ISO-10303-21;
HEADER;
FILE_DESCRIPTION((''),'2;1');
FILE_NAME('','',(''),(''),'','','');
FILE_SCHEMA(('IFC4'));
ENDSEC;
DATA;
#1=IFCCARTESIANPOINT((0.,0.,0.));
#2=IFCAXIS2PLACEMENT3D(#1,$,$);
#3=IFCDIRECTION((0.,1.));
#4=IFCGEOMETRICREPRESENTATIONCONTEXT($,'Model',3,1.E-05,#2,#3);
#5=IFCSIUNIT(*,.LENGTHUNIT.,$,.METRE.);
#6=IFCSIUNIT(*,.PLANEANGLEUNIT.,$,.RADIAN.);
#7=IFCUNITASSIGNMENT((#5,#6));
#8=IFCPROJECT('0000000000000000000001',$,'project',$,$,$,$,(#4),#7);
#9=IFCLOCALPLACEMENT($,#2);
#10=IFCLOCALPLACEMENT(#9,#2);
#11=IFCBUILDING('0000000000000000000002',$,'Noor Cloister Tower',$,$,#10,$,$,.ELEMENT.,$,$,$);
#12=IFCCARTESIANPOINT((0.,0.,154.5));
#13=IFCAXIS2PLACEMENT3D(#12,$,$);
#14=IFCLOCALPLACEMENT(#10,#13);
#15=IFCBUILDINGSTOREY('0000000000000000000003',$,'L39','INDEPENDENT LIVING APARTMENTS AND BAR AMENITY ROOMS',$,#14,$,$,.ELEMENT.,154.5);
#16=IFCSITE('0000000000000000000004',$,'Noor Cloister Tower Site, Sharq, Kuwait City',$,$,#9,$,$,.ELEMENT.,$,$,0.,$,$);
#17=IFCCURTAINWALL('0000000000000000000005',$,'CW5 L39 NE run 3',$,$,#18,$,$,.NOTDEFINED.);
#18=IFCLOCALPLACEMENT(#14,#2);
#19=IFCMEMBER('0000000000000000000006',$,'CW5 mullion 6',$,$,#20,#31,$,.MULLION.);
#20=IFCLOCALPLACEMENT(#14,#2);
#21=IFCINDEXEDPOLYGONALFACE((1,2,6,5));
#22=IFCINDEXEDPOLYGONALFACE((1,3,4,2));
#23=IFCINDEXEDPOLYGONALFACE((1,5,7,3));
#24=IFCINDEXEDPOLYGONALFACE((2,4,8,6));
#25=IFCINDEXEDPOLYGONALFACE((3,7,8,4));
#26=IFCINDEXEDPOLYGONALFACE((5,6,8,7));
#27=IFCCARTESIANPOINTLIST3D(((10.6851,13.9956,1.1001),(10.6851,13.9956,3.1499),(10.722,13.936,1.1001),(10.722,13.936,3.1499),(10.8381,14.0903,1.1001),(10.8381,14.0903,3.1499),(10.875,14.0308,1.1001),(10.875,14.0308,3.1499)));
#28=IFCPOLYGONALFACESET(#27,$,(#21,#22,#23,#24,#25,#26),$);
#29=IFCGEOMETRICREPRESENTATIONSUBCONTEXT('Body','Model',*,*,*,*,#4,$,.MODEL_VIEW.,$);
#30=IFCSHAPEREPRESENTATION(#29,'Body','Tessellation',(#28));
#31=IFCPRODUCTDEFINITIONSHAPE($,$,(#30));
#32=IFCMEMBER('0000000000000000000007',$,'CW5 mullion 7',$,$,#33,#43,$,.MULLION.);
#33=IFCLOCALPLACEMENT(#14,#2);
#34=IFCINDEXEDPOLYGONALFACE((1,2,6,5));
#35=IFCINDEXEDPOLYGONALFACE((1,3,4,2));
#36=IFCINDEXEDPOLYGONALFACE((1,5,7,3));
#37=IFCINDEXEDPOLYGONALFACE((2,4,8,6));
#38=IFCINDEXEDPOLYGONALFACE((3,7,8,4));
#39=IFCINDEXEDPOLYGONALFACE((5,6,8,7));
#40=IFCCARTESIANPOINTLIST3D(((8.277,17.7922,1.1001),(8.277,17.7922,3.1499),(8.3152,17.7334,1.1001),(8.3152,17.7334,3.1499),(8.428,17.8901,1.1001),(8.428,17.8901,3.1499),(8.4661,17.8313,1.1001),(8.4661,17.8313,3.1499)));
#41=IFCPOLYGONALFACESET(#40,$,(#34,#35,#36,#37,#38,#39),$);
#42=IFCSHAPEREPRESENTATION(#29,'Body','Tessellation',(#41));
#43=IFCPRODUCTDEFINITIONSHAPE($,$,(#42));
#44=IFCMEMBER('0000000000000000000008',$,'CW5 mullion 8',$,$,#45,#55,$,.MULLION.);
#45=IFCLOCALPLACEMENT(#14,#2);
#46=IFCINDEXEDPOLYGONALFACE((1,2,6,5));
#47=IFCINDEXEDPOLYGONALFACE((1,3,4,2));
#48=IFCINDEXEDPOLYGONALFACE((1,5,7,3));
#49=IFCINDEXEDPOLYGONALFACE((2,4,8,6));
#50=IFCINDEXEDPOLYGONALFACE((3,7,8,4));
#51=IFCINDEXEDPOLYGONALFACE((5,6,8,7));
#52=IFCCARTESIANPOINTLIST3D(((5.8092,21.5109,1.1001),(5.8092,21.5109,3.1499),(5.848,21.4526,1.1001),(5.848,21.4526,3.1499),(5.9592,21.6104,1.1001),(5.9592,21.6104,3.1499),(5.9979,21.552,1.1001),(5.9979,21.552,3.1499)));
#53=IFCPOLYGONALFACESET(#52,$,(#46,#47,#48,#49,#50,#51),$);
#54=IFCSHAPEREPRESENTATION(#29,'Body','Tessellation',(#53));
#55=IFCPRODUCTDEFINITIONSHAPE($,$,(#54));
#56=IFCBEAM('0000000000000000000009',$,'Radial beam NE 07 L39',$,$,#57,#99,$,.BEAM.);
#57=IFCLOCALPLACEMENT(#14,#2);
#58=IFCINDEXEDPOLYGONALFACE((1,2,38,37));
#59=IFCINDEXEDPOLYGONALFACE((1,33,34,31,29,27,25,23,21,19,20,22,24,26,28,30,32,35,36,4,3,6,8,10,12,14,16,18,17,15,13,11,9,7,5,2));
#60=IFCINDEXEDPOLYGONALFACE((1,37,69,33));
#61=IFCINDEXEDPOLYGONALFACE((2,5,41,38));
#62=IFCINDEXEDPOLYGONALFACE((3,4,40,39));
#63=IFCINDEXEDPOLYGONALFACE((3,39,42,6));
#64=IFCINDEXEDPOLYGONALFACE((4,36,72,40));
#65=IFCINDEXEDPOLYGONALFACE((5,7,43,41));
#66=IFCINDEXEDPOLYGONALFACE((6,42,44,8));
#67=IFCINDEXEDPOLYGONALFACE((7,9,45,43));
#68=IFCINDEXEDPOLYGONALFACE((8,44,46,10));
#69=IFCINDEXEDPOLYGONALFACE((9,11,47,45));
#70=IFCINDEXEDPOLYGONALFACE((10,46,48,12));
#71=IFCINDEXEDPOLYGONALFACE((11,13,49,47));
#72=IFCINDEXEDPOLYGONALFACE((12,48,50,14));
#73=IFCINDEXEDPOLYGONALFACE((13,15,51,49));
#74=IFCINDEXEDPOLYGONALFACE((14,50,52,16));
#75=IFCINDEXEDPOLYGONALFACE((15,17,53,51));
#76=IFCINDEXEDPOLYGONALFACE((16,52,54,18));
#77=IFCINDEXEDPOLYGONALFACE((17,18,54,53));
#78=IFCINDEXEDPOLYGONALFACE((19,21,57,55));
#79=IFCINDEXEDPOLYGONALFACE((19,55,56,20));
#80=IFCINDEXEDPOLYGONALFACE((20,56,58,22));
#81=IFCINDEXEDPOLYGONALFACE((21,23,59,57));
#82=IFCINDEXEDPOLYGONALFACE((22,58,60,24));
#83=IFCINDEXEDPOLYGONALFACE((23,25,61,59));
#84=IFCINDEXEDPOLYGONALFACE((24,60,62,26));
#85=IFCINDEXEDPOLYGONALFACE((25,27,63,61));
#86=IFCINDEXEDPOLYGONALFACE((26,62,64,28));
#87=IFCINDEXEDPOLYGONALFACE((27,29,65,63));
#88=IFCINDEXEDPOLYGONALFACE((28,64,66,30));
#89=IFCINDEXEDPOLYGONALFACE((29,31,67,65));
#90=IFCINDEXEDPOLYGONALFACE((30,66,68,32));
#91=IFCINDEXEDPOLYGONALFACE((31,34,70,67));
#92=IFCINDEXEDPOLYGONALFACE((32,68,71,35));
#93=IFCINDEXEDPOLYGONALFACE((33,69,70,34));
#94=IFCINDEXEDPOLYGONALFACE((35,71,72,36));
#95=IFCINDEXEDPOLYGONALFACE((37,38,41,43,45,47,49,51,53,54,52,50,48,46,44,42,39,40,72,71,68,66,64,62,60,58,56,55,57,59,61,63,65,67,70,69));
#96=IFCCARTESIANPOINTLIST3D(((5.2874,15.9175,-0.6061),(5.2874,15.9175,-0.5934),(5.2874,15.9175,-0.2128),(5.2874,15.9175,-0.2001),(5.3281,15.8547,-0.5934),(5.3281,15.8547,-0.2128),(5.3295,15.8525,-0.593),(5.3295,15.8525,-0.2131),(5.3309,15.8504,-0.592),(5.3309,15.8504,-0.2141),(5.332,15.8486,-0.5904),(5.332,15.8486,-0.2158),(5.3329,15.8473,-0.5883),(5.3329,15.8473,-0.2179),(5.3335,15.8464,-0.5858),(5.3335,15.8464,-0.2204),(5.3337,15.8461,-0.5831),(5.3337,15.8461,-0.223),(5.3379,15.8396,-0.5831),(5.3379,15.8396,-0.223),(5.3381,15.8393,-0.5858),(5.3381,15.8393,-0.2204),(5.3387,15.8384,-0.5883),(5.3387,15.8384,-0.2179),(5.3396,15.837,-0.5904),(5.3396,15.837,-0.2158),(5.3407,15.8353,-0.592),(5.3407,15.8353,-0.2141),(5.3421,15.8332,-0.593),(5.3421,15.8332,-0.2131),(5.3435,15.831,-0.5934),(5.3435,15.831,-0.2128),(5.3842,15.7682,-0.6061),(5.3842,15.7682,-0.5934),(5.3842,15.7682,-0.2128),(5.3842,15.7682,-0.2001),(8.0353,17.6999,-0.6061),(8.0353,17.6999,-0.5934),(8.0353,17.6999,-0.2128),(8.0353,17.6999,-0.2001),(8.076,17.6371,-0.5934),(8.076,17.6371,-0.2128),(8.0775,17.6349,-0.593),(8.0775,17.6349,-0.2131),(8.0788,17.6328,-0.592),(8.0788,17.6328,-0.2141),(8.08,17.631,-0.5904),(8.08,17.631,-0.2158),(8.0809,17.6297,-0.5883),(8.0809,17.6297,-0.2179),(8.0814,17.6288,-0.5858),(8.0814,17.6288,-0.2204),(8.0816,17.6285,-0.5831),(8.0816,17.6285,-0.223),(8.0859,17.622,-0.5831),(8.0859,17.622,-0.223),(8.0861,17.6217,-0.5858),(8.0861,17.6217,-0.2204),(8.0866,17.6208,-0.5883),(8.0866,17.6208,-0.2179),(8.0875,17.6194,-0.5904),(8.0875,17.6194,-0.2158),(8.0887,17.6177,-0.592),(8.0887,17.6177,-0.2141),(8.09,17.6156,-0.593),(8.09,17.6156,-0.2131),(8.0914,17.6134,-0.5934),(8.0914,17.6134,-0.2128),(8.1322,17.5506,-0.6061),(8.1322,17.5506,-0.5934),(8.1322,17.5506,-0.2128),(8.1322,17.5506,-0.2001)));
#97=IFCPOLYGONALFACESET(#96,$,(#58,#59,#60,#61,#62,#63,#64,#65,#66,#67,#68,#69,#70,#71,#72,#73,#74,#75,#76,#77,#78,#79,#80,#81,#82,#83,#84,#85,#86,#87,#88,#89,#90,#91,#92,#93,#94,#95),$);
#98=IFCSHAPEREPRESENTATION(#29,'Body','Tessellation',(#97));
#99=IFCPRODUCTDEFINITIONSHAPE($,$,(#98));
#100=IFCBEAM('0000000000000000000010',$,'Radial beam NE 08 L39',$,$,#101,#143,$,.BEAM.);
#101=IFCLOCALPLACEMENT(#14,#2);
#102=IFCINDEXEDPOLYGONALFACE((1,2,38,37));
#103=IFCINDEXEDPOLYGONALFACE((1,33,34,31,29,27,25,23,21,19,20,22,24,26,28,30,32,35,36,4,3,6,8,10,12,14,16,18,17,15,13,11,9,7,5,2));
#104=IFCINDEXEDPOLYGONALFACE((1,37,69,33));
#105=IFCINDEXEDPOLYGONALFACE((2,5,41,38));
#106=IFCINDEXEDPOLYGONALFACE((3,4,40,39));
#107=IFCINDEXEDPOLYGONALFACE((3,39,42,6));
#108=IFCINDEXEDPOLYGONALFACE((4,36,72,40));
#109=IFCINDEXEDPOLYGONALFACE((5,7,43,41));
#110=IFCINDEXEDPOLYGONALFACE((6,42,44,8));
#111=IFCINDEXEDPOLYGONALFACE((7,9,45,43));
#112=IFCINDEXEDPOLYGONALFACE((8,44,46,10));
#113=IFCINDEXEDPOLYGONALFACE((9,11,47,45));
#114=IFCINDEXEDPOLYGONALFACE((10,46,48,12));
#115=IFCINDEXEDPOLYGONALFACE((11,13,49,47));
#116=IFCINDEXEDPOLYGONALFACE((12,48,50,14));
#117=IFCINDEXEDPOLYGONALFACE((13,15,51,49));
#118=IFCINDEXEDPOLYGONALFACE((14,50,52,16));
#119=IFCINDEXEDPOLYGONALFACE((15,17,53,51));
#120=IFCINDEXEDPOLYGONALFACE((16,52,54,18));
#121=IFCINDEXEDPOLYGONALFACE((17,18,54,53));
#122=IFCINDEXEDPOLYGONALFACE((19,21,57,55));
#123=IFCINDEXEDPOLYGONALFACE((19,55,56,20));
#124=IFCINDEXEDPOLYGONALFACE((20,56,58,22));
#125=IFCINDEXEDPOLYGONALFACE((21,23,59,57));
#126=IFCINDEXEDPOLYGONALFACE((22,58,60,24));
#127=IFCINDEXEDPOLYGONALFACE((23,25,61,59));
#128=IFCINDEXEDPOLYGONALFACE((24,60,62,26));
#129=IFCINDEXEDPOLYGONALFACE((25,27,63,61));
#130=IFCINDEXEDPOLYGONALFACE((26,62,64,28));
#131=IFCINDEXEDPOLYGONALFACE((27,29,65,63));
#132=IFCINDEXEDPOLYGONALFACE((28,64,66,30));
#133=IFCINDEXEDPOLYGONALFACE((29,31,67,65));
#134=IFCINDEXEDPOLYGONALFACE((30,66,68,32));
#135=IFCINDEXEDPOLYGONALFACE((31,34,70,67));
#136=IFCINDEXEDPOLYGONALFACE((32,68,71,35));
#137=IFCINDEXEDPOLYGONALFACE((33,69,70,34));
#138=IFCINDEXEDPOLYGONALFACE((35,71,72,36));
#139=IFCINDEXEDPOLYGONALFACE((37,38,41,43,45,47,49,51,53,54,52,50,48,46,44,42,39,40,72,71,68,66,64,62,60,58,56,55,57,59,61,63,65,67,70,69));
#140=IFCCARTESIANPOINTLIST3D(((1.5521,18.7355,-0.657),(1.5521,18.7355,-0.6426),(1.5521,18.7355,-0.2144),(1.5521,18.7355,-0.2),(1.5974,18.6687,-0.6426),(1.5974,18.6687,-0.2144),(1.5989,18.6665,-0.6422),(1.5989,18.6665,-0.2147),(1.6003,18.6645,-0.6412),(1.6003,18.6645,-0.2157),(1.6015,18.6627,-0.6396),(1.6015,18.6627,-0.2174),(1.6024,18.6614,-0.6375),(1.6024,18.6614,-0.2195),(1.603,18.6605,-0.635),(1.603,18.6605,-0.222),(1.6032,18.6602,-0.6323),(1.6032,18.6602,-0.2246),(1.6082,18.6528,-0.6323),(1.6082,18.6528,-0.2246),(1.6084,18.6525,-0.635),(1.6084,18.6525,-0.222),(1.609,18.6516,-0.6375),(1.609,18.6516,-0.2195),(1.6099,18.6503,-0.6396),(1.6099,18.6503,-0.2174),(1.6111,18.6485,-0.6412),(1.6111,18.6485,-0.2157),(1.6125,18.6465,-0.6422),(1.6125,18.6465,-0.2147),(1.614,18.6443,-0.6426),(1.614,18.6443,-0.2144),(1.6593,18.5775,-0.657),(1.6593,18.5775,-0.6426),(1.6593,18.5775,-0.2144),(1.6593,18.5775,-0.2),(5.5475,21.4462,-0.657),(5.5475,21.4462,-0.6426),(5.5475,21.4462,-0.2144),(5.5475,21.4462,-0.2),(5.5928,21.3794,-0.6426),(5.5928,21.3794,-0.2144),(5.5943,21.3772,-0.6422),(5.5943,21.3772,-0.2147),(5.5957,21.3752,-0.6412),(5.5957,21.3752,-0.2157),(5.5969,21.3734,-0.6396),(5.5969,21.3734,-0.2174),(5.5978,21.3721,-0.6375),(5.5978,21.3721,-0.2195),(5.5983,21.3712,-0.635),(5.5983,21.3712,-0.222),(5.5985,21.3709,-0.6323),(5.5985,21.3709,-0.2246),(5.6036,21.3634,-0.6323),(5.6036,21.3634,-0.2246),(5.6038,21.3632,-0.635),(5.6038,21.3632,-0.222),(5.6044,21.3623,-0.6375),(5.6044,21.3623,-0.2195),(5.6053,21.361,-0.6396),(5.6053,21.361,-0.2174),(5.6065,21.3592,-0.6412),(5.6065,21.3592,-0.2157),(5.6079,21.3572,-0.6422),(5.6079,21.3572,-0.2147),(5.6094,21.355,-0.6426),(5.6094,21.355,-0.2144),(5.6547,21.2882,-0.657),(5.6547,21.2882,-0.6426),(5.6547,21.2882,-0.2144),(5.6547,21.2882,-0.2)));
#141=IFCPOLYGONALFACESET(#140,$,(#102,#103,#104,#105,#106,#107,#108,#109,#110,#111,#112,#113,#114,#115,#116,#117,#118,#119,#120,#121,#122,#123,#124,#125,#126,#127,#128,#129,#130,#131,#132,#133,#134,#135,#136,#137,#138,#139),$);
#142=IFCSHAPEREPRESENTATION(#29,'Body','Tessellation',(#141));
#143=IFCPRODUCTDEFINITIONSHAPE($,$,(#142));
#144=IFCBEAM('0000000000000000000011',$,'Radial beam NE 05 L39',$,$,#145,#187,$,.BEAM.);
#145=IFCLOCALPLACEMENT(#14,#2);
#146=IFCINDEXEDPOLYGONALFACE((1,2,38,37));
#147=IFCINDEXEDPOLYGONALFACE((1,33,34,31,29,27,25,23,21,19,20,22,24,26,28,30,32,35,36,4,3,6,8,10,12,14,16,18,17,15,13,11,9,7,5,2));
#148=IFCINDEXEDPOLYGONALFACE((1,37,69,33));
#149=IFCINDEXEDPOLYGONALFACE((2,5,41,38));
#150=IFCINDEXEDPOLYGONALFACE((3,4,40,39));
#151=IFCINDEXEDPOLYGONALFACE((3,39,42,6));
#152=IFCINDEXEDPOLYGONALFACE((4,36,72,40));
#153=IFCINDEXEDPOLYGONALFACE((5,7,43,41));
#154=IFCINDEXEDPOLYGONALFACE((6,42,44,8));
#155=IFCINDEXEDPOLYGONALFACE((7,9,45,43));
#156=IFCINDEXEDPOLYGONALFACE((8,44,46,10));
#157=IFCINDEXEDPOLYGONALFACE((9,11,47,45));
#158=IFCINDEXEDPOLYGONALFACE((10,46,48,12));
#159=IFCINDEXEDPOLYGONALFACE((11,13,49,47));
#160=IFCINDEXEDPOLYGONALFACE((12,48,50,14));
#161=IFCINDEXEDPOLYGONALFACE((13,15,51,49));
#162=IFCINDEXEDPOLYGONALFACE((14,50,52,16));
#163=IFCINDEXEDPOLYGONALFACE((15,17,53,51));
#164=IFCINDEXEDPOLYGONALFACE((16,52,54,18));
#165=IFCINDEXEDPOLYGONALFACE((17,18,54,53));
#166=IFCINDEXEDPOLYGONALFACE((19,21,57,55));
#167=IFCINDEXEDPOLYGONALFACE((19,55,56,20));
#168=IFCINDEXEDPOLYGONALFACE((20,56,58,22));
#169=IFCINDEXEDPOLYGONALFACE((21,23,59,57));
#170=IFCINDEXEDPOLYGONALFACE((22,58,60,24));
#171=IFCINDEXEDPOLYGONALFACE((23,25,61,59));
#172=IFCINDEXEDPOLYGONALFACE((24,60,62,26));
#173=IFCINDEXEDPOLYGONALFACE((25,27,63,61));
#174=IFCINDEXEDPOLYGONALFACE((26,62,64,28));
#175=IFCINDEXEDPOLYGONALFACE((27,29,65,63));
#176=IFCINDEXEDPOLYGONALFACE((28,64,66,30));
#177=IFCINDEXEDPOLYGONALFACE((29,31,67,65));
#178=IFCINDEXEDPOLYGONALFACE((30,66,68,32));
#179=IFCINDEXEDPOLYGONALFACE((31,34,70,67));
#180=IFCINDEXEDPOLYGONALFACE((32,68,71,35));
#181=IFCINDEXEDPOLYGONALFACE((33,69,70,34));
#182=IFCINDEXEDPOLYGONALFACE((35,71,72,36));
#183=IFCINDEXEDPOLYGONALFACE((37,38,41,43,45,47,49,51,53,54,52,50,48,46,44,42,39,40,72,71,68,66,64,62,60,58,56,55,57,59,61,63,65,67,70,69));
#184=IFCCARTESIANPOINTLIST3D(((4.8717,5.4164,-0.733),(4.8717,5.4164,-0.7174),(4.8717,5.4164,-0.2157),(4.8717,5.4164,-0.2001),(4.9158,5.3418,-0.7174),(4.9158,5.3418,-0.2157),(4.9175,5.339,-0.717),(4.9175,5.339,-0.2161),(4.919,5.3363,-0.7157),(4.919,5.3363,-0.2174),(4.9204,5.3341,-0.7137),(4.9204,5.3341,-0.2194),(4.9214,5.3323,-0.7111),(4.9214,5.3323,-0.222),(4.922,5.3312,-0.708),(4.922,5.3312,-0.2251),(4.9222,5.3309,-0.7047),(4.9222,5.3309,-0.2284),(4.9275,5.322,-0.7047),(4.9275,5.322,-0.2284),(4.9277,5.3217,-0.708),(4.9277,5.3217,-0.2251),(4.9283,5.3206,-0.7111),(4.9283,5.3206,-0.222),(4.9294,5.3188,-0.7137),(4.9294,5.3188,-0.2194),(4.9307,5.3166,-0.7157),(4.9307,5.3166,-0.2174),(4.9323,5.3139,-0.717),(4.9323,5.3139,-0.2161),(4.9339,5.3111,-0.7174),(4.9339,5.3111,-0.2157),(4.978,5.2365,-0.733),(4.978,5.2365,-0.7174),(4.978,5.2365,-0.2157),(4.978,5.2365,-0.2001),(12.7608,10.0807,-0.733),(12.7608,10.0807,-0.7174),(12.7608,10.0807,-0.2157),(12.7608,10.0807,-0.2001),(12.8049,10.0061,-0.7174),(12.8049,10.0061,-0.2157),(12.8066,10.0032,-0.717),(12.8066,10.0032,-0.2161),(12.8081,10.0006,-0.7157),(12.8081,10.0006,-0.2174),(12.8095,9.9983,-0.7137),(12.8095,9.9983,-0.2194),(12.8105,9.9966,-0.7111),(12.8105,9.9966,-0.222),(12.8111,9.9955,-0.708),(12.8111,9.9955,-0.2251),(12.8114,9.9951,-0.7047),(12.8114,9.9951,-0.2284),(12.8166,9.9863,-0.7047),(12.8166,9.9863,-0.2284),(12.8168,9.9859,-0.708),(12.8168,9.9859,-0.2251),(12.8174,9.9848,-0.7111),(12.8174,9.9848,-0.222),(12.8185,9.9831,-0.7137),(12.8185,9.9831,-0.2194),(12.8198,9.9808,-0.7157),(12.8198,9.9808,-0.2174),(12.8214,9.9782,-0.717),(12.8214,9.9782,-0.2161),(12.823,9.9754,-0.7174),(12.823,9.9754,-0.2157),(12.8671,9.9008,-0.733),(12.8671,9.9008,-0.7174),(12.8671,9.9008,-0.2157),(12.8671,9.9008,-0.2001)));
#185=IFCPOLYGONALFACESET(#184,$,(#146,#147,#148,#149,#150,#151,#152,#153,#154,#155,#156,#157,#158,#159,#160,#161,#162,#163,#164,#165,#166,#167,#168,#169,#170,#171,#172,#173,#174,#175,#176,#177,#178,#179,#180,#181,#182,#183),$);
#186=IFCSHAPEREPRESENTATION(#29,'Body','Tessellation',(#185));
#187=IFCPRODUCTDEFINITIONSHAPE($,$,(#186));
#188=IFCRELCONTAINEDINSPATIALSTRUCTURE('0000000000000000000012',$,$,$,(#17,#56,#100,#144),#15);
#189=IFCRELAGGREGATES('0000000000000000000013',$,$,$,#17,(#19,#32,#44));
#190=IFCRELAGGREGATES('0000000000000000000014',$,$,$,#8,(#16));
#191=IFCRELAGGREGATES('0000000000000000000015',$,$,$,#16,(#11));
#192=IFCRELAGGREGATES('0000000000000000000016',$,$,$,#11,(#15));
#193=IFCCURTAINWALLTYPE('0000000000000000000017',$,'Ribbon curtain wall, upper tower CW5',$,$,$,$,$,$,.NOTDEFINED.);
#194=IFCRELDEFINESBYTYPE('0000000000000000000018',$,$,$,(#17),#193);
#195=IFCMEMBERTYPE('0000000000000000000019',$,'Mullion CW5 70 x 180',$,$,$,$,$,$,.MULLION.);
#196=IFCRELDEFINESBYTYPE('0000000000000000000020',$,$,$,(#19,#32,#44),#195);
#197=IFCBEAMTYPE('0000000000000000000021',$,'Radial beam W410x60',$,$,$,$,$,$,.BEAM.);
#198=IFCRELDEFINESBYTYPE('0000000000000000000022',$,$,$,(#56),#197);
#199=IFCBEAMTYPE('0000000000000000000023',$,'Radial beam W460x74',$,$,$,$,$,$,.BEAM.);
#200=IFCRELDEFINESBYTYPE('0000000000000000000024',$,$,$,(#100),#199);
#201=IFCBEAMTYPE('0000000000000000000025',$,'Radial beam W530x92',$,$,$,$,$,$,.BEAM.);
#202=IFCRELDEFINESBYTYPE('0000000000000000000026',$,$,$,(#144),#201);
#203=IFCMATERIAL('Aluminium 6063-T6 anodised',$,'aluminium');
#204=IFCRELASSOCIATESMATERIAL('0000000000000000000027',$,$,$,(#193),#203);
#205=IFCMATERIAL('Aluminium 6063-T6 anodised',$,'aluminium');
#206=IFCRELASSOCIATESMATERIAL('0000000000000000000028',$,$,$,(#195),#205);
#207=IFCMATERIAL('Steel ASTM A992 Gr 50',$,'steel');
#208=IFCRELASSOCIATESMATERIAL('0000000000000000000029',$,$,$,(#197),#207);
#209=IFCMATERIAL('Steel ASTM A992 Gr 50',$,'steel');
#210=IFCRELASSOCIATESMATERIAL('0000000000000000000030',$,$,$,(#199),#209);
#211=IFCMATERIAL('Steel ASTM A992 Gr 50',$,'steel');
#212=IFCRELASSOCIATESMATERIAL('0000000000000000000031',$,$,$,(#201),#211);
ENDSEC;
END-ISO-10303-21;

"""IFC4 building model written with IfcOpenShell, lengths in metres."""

from ifc_helpers import new_model, si_unit, direction, frame, origin, origin_2d, place, context, subcontext, project, spatial, rectangle, i_section, extrude, material, material_profile, profile_set, type_object, element, aggregate, save


model = new_model("IFC4")

# Units and contexts
model_context = context("Model", 3, precision=1e-05, world=origin(), true_north=direction((0.0, 1.0)))
body_context = subcontext(model_context, "Body", "Model", "MODEL_VIEW")
ifc_project = project(units=[si_unit("LENGTHUNIT", "METRE"), si_unit("PLANEANGLEUNIT", "RADIAN")], contexts=[model_context])

# Site, building, storey
site_placement = place(None, origin())
site = spatial("IfcSite", under=ifc_project, at=site_placement, Name="Noor Cloister Tower Site, Sharq, Kuwait City", CompositionType="ELEMENT", RefElevation=0.0)
building_placement = place(site_placement, origin())
building = spatial("IfcBuilding", under=site, at=building_placement, Name="Noor Cloister Tower", CompositionType="ELEMENT")
storey_placement = place(building_placement, frame((0.0, 0.0, 154.5)))
storey = spatial("IfcBuildingStorey", under=building, at=storey_placement, Name="L39", Description="INDEPENDENT LIVING APARTMENTS AND BAR AMENITY ROOMS", CompositionType="ELEMENT", Elevation=154.5)

# Curtain wall, members
ifc_material_1 = material(Name="Aluminium 6063-T6 anodised", Category="aluminium")
curtain_wall_type = type_object("IfcCurtainWallType", Name="Ribbon curtain wall, upper tower CW5", PredefinedType="NOTDEFINED", material=ifc_material_1)
curtain_wall_placement = place(storey_placement, origin())
curtain_wall = element("IfcCurtainWall", 1, at=curtain_wall_placement, inside=storey, type_object=curtain_wall_type, Name="CW5 L39 NE run 3", PredefinedType="NOTDEFINED")
ifc_material_2 = material(Name="Aluminium 6063-T6 anodised", Category="aluminium")
ifc_material_profile_1 = material_profile(ifc_material_2, rectangle(XDim=0.1799, YDim=0.0701, at=origin_2d()), Name="180 x 70 mullion")
ifc_profile_set_1 = profile_set([ifc_material_profile_1], Name="Aluminium 6063-T6 anodised")
member_type = type_object("IfcMemberType", Name="Mullion CW5 70 x 180", PredefinedType="MULLION", material=ifc_profile_set_1)
member_1_placement = place(storey_placement, frame((10.78, 14.0132, 1.1001), z_axis=(0.0, 0.0, 1.0), x_axis=(-0.850063, -0.526681, 0.0)))
member_1 = element("IfcMember", 2, at=member_1_placement, type_object=member_type, Name="CW5 mullion 6", PredefinedType="MULLION", context=body_context, shape_type="SweptSolid", body=[
    extrude(rectangle(XDim=0.1799, YDim=0.0701, at=origin_2d()), origin(), (0.0, 0.0, 1.0), 2.0498),
])
member_2_placement = place(storey_placement, frame((8.3716, 17.8118, 1.1001), z_axis=(0.0, 0.0, 1.0), x_axis=(-0.838964, -0.544188, 0.0)))
member_2 = element("IfcMember", 3, at=member_2_placement, type_object=member_type, Name="CW5 mullion 7", PredefinedType="MULLION", context=body_context, shape_type="SweptSolid", body=[
    extrude(rectangle(XDim=0.1799, YDim=0.0701, at=origin_2d()), origin(), (0.0, 0.0, 1.0), 2.0498),
])
member_3_placement = place(storey_placement, frame((5.9036, 21.5315, 1.1001), z_axis=(0.0, 0.0, 1.0), x_axis=(-0.833278, -0.552854, 0.0)))
member_3 = element("IfcMember", 4, at=member_3_placement, type_object=member_type, Name="CW5 mullion 8", PredefinedType="MULLION", context=body_context, shape_type="SweptSolid", body=[
    extrude(rectangle(XDim=0.1799, YDim=0.0701, at=origin_2d()), origin(), (0.0, 0.0, 1.0), 2.0498),
])

# Beams
ifc_material_3 = material(Name="Steel ASTM A992 Gr 50", Category="steel")
ifc_material_profile_2 = material_profile(ifc_material_3, i_section(OverallWidth=0.178, OverallDepth=0.406, WebThickness=0.0078, FlangeThickness=0.0127, FilletRadius=0.0103, at=origin_2d()), Name="W410x60")
ifc_profile_set_2 = profile_set([ifc_material_profile_2], Name="Steel ASTM A992 Gr 50")
beam_type_1 = type_object("IfcBeamType", Name="Radial beam W410x60", PredefinedType="BEAM", material=ifc_profile_set_2)
beam_1_placement = place(storey_placement, frame((8.0837, 17.6252, -0.4031), z_axis=(-0.838968, -0.544181, 0.0), x_axis=(0.544181, -0.838968, 0.0)))
element("IfcBeam", 5, at=beam_1_placement, inside=storey, type_object=beam_type_1, Name="Radial beam NE 07 L39", PredefinedType="BEAM", context=body_context, shape_type="SweptSolid", body=[
    extrude(i_section(OverallWidth=0.178, OverallDepth=0.406, WebThickness=0.0078, FlangeThickness=0.0127, FilletRadius=0.0103, at=origin_2d()), origin(), (0.0, 0.0, 1.0), 3.2754),
])
ifc_material_4 = material(Name="Steel ASTM A992 Gr 50", Category="steel")
ifc_material_profile_3 = material_profile(ifc_material_4, i_section(OverallWidth=0.1909, OverallDepth=0.457, WebThickness=0.009, FlangeThickness=0.0144, FilletRadius=0.0103, at=origin_2d()), Name="W460x74")
ifc_profile_set_3 = profile_set([ifc_material_profile_3], Name="Steel ASTM A992 Gr 50")
beam_type_2 = type_object("IfcBeamType", Name="Radial beam W460x74", PredefinedType="BEAM", material=ifc_profile_set_3)
beam_2_placement = place(storey_placement, frame((5.6011, 21.3672, -0.4285), z_axis=(-0.827519, -0.561438, 0.0), x_axis=(0.561438, -0.827519, 0.0)))
element("IfcBeam", 6, at=beam_2_placement, inside=storey, type_object=beam_type_2, Name="Radial beam NE 08 L39", PredefinedType="BEAM", context=body_context, shape_type="SweptSolid", body=[
    extrude(i_section(OverallWidth=0.1909, OverallDepth=0.457, WebThickness=0.009, FlangeThickness=0.0144, FilletRadius=0.0103, at=origin_2d()), origin(), (0.0, 0.0, 1.0), 4.8281),
])
ifc_material_5 = material(Name="Steel ASTM A992 Gr 50", Category="steel")
ifc_material_profile_4 = material_profile(ifc_material_5, i_section(OverallWidth=0.209, OverallDepth=0.533, WebThickness=0.0103, FlangeThickness=0.0156, FilletRadius=0.0127, at=origin_2d()), Name="W530x92")
ifc_profile_set_4 = profile_set([ifc_material_profile_4], Name="Steel ASTM A992 Gr 50")
beam_type_3 = type_object("IfcBeamType", Name="Radial beam W530x92", PredefinedType="BEAM", material=ifc_profile_set_4)
beam_3_placement = place(storey_placement, frame((12.814, 9.9907, -0.4666), z_axis=(-0.860806, -0.508934, 0.0), x_axis=(0.508934, -0.860806, 0.0)))
element("IfcBeam", 7, at=beam_3_placement, inside=storey, type_object=beam_type_3, Name="Radial beam NE 05 L39", PredefinedType="BEAM", context=body_context, shape_type="SweptSolid", body=[
    extrude(i_section(OverallWidth=0.209, OverallDepth=0.533, WebThickness=0.0103, FlangeThickness=0.0156, FilletRadius=0.0127, at=origin_2d()), origin(), (0.0, 0.0, 1.0), 9.1648),
])

aggregate(curtain_wall, [member_1, member_2, member_3])

save(model, "model.ifc")
